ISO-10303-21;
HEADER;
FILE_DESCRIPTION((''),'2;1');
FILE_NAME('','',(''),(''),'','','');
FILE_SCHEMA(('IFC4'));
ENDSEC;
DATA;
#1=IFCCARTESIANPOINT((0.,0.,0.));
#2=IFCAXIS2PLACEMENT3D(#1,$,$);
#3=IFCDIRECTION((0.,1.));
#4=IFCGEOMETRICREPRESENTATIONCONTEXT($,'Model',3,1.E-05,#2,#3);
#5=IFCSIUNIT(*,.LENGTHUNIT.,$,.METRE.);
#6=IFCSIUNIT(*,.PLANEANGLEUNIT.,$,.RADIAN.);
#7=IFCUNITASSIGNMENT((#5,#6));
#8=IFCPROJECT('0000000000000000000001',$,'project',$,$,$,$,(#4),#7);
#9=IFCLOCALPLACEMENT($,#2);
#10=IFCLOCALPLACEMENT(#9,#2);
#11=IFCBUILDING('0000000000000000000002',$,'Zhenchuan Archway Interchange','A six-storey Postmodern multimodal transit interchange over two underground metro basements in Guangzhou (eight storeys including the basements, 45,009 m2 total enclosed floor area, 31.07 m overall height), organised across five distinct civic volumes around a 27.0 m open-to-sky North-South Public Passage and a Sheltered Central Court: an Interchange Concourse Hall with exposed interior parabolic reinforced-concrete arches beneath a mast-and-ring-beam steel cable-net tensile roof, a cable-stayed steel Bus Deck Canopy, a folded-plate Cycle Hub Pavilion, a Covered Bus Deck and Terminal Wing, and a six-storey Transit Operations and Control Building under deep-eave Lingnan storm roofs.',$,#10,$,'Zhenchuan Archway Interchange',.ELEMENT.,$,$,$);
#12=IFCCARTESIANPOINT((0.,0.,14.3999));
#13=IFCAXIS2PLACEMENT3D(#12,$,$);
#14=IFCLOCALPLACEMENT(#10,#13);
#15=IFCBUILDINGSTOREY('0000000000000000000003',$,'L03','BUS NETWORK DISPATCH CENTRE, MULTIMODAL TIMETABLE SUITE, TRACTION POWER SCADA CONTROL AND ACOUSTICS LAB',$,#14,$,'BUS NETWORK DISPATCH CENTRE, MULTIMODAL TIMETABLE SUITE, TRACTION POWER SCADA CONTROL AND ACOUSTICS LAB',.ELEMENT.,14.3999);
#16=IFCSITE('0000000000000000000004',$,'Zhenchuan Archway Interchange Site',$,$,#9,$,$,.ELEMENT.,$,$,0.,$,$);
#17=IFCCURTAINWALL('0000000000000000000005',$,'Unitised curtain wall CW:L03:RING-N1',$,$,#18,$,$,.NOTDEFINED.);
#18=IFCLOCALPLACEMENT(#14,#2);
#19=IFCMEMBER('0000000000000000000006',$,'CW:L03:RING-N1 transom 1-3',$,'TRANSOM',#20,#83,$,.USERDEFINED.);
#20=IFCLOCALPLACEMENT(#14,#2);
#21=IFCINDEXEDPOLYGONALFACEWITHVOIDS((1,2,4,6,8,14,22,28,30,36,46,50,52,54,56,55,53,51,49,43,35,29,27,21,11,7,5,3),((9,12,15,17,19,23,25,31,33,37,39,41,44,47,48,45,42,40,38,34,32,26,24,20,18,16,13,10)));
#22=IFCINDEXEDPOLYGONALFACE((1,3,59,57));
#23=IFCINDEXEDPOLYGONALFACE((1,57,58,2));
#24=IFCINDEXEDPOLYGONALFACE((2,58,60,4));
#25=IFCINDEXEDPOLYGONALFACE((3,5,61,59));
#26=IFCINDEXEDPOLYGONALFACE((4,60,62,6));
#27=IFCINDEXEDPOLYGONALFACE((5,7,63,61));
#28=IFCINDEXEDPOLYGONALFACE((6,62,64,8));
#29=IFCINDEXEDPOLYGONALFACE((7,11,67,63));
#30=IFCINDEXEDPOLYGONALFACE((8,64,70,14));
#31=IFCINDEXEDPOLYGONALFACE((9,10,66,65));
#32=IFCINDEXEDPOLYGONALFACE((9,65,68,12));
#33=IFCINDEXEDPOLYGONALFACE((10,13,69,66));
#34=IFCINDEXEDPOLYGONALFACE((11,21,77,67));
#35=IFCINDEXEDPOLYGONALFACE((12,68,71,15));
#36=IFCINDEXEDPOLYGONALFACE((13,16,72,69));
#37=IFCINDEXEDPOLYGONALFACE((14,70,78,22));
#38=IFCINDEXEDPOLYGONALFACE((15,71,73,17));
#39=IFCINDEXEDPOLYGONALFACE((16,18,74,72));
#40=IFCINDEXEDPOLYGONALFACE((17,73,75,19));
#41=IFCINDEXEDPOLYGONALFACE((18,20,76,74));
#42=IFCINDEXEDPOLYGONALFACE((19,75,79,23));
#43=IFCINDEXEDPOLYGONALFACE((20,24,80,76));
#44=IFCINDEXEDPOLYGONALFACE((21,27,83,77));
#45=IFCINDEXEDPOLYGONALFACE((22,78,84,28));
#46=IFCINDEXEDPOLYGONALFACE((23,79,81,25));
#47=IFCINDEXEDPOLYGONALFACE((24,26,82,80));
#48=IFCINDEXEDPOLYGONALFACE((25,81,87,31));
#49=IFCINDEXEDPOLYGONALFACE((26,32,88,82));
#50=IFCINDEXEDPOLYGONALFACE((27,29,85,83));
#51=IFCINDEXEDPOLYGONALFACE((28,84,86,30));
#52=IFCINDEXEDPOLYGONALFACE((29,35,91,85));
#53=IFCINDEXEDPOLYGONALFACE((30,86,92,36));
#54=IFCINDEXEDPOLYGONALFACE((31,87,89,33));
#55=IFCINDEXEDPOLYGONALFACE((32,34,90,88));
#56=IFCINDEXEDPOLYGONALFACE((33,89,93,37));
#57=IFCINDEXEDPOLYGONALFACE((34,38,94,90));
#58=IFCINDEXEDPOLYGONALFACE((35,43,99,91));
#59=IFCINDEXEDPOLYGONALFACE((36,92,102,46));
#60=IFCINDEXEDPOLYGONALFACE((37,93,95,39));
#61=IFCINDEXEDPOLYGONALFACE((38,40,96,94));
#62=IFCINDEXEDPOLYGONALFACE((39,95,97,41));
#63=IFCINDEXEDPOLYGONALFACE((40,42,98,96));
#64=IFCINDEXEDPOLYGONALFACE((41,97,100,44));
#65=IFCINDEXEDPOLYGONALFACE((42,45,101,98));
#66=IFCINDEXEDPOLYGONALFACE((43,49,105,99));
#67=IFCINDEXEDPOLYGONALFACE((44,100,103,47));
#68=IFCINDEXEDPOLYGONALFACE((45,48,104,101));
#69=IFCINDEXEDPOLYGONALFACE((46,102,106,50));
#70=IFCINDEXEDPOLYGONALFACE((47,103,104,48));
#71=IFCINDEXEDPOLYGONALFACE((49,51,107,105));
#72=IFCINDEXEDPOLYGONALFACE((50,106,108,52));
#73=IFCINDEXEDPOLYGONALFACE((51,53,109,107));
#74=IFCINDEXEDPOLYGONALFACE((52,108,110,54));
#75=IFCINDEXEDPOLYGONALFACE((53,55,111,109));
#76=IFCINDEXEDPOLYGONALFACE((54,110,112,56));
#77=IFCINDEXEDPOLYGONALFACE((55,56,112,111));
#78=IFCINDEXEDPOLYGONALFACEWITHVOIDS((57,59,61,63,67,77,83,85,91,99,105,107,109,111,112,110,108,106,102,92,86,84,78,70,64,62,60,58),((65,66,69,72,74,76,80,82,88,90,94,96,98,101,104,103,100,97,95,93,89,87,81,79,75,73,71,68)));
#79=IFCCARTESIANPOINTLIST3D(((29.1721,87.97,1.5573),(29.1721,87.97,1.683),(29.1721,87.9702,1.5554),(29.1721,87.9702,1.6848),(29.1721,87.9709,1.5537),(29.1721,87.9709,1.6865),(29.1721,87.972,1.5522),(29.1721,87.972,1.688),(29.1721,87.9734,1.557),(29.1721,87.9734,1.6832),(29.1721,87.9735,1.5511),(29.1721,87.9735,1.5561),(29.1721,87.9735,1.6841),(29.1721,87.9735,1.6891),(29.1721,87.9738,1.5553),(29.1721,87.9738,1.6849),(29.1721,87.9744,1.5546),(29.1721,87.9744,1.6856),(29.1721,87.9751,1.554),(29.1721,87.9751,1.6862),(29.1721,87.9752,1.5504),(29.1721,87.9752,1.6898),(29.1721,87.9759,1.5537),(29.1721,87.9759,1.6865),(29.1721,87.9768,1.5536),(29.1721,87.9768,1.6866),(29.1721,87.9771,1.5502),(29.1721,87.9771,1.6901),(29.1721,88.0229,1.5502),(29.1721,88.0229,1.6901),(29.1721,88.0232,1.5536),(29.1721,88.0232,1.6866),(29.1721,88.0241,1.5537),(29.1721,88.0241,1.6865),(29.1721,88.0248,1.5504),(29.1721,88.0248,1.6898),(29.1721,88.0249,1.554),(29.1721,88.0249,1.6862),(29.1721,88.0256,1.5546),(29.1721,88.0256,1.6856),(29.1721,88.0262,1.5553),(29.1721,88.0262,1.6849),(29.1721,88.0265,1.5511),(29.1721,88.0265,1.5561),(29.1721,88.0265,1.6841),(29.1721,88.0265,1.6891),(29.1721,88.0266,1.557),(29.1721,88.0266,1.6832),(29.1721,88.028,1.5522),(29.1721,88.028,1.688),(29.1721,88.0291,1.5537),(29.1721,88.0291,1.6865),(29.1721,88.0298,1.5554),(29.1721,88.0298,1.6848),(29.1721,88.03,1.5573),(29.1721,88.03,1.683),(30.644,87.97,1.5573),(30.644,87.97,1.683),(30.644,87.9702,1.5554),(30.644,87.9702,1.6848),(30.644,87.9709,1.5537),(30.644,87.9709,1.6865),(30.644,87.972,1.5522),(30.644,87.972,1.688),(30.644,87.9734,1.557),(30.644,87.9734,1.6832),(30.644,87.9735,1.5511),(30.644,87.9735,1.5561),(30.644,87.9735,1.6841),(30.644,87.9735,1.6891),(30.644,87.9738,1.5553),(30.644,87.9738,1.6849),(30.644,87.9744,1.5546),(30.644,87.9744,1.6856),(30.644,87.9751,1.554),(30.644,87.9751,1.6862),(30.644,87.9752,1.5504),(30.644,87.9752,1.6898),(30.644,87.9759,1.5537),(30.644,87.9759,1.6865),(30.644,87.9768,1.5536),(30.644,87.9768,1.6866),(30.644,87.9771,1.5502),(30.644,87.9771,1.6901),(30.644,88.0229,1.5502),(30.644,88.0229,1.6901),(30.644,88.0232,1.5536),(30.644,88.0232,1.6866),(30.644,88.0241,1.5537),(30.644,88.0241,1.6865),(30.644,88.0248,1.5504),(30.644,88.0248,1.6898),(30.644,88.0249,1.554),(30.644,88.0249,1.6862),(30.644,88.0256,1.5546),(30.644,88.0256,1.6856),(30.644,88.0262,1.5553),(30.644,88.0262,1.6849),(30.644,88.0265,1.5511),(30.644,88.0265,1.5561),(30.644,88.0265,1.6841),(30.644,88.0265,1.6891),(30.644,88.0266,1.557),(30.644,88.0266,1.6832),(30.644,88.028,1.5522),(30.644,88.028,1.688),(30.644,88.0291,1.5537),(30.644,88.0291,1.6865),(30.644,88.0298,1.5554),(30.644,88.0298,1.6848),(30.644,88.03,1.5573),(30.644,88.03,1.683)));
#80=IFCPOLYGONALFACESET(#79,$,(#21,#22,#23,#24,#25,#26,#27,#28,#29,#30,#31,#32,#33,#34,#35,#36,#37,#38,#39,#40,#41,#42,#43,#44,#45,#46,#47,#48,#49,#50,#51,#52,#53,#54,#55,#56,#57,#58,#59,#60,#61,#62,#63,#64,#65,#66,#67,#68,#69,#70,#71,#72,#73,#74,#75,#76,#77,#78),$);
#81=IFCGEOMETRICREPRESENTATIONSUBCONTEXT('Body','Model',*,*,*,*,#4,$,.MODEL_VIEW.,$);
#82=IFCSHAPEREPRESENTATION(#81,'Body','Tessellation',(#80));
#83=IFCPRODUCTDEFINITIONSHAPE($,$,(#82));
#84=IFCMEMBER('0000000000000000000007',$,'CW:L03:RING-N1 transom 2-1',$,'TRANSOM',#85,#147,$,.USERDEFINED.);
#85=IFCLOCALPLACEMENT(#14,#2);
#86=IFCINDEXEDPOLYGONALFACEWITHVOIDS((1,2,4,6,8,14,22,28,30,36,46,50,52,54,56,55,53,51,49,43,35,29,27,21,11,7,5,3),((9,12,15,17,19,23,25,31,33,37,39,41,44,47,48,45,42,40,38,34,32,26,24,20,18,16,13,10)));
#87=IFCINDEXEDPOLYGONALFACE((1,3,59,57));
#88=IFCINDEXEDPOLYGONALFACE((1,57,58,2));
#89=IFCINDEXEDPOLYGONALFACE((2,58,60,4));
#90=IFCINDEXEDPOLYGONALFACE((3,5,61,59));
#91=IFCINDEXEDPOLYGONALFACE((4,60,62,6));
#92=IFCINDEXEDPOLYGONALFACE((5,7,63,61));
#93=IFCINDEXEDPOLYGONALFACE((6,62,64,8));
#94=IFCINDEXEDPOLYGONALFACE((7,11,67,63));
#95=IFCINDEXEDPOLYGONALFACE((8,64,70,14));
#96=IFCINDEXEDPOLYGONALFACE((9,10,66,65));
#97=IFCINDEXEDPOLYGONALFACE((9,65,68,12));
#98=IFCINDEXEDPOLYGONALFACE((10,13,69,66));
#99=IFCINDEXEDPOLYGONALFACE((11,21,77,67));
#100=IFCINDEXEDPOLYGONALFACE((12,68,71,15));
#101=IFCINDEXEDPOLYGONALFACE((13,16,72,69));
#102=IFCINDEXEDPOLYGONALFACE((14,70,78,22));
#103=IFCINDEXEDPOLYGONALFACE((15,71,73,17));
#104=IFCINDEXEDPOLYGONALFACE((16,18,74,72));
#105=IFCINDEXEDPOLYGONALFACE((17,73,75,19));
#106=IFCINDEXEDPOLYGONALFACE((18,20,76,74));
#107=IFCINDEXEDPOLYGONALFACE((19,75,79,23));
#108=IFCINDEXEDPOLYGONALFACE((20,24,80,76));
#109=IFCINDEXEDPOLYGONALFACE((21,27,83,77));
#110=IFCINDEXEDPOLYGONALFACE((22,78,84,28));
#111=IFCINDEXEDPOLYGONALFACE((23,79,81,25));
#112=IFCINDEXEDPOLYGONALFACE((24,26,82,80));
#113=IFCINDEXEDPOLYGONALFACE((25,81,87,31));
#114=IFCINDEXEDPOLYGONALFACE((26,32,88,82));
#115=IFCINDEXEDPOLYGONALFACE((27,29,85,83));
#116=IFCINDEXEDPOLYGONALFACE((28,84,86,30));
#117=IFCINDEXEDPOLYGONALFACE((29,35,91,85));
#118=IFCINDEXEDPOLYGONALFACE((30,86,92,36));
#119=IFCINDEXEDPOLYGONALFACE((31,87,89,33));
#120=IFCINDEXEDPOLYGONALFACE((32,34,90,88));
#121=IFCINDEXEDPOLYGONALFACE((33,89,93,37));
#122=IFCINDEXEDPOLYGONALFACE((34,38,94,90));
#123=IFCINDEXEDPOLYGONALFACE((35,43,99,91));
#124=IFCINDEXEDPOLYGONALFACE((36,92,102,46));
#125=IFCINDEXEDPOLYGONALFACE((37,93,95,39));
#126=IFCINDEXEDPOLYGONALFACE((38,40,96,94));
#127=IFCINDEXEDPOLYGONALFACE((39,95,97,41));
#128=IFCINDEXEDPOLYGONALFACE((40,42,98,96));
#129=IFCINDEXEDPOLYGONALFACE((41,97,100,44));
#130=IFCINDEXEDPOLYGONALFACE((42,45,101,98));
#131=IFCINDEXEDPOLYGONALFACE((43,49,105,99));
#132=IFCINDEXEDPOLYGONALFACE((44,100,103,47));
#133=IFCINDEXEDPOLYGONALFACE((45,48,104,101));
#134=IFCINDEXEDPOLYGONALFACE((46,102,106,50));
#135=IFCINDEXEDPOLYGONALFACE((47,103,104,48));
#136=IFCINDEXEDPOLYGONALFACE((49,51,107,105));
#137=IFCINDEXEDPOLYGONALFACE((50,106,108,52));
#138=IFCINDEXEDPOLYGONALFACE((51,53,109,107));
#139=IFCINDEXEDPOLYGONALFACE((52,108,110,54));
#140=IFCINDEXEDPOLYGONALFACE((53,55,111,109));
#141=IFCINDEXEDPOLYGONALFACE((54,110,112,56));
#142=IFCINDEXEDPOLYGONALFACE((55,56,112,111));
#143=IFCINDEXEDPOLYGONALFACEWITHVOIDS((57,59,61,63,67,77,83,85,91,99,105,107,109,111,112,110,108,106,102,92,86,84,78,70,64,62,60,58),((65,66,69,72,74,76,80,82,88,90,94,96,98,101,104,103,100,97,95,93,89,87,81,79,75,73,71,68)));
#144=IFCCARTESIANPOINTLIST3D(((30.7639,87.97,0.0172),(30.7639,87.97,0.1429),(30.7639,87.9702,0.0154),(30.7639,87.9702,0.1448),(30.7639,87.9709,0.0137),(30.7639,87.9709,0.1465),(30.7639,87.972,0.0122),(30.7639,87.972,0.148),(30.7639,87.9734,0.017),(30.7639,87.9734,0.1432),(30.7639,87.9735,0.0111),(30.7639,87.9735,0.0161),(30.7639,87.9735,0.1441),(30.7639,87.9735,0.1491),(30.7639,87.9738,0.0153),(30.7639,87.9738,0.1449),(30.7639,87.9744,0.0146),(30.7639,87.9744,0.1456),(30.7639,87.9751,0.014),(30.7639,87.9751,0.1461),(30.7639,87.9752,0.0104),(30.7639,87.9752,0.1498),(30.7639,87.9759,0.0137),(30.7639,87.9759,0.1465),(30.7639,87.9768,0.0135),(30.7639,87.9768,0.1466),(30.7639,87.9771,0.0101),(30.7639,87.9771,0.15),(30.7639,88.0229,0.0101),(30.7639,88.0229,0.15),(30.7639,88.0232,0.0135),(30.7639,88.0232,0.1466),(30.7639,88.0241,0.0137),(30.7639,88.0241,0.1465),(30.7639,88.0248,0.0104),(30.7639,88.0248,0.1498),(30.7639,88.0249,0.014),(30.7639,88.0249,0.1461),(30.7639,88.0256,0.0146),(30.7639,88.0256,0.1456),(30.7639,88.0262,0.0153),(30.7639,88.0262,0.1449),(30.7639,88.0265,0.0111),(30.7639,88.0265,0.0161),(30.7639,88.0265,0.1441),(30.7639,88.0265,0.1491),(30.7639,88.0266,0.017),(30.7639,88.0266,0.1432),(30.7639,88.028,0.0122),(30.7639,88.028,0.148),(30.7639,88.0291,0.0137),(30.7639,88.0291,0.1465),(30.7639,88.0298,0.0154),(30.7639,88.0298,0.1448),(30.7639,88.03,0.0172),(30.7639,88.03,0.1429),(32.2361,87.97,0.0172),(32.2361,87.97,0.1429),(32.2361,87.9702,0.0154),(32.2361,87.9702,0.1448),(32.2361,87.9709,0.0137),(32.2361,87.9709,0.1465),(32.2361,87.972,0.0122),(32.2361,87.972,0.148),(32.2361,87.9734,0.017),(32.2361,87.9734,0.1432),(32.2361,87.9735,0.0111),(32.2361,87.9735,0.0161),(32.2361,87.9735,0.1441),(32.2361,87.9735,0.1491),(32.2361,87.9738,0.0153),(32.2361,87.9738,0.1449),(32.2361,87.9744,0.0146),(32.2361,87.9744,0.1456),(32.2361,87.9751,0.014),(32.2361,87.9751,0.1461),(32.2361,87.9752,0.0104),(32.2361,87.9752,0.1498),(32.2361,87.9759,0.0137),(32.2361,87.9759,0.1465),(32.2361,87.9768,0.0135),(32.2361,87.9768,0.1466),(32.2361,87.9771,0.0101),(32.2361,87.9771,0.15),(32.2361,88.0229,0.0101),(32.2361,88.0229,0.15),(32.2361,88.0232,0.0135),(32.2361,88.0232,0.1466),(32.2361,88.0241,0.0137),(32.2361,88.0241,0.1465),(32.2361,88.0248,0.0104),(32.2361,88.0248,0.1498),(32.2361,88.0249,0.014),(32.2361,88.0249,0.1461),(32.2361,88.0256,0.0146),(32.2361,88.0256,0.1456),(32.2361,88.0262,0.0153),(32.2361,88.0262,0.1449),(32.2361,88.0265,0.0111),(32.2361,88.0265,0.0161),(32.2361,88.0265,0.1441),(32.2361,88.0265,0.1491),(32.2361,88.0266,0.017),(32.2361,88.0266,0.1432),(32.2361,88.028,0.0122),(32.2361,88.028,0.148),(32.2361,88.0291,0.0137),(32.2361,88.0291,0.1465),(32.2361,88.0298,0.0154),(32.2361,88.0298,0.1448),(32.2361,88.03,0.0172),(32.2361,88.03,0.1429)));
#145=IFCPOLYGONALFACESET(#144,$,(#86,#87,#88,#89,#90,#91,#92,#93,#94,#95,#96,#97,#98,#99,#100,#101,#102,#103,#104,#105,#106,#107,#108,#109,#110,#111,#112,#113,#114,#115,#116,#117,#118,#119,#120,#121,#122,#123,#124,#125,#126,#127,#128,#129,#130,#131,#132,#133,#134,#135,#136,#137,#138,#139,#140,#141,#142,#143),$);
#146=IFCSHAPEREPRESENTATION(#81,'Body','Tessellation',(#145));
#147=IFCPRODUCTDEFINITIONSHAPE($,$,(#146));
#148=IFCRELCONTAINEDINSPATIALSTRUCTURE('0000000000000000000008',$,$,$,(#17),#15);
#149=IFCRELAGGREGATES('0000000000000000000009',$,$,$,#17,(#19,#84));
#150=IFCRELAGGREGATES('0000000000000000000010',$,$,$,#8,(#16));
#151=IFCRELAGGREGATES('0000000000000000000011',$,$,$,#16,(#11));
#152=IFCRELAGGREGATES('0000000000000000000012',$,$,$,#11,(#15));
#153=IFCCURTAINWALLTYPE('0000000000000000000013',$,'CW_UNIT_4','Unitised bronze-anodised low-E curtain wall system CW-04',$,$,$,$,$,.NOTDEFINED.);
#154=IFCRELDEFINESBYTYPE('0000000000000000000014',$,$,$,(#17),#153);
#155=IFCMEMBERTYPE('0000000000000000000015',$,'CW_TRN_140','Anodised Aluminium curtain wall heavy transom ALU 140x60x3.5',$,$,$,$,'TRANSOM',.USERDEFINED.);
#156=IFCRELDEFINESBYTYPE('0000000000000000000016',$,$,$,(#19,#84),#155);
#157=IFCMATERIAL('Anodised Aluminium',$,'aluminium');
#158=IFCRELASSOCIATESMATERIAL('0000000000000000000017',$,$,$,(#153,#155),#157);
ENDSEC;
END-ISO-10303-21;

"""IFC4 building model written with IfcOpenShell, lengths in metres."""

from ifc_helpers import new_model, si_unit, direction, frame, origin, origin_2d, place, context, subcontext, project, spatial, hollow_rectangle, extrude, material, material_profile, profile_set, type_object, element, aggregate, save


model = new_model("IFC4")

# Units and contexts
model_context = context("Model", 3, precision=1e-05, world=origin(), true_north=direction((0.0, 1.0)))
body_context = subcontext(model_context, "Body", "Model", "MODEL_VIEW")
ifc_project = project(units=[si_unit("LENGTHUNIT", "METRE"), si_unit("PLANEANGLEUNIT", "RADIAN")], contexts=[model_context])

# Site, building, storey
site_placement = place(None, origin())
site = spatial("IfcSite", under=ifc_project, at=site_placement, Name="Zhenchuan Archway Interchange Site", CompositionType="ELEMENT", RefElevation=0.0)
building_placement = place(site_placement, origin())
building = spatial("IfcBuilding", under=site, at=building_placement, Name="Zhenchuan Archway Interchange", Description="A six-storey Postmodern multimodal transit interchange over two underground metro basements in Guangzhou (eight storeys including the basements, 45,009 m2 total enclosed floor area, 31.07 m overall height), organised across five distinct civic volumes around a 27.0 m open-to-sky North-South Public Passage and a Sheltered Central Court: an Interchange Concourse Hall with exposed interior parabolic reinforced-concrete arches beneath a mast-and-ring-beam steel cable-net tensile roof, a cable-stayed steel Bus Deck Canopy, a folded-plate Cycle Hub Pavilion, a Covered Bus Deck and Terminal Wing, and a six-storey Transit Operations and Control Building under deep-eave Lingnan storm roofs.", LongName="Zhenchuan Archway Interchange", CompositionType="ELEMENT")
storey_placement = place(building_placement, frame((0.0, 0.0, 14.3999)))
storey = spatial("IfcBuildingStorey", under=building, at=storey_placement, Name="L03", Description="BUS NETWORK DISPATCH CENTRE, MULTIMODAL TIMETABLE SUITE, TRACTION POWER SCADA CONTROL AND ACOUSTICS LAB", LongName="BUS NETWORK DISPATCH CENTRE, MULTIMODAL TIMETABLE SUITE, TRACTION POWER SCADA CONTROL AND ACOUSTICS LAB", CompositionType="ELEMENT", Elevation=14.3999)

# Curtain wall, members
ifc_material_1 = material(Name="Anodised Aluminium", Category="aluminium")
curtain_wall_type = type_object("IfcCurtainWallType", Name="CW_UNIT_4", Description="Unitised bronze-anodised low-E curtain wall system CW-04", PredefinedType="NOTDEFINED", material=ifc_material_1)
curtain_wall_placement = place(storey_placement, origin())
curtain_wall = element("IfcCurtainWall", 1, at=curtain_wall_placement, inside=storey, type_object=curtain_wall_type, Name="Unitised curtain wall CW:L03:RING-N1", PredefinedType="NOTDEFINED")
ifc_material_profile_1 = material_profile(ifc_material_1, hollow_rectangle(XDim=0.0601, YDim=0.1399, WallThickness=0.0034, InnerFilletRadius=0.0034, OuterFilletRadius=0.0071, at=origin_2d()), Name="ALU 140x60x3.5")
ifc_profile_set_1 = profile_set([ifc_material_profile_1], Name="Anodised Aluminium")
member_type_1 = type_object("IfcMemberType", Name="CW_TRN_140", Description="Anodised Aluminium curtain wall heavy transom ALU 140x60x3.5", ElementType="TRANSOM", PredefinedType="USERDEFINED", material=ifc_profile_set_1)
member_1_placement = place(storey_placement, frame((29.1721, 88.0, 1.6201), z_axis=(1.0, 0.0, 0.0), x_axis=(0.0, 1.0, 0.0)))
member_1 = element("IfcMember", 2, at=member_1_placement, type_object=member_type_1, Name="CW:L03:RING-N1 transom 1-3", ObjectType="TRANSOM", PredefinedType="USERDEFINED", context=body_context, shape_type="SweptSolid", body=[
    extrude(hollow_rectangle(XDim=0.0601, YDim=0.1399, WallThickness=0.0034, InnerFilletRadius=0.0034, OuterFilletRadius=0.0071, at=origin_2d()), origin(), (0.0, 0.0, 1.0), 1.4719),
])
member_2_placement = place(storey_placement, frame((30.7639, 88.0, 0.0801), z_axis=(1.0, 0.0, 0.0), x_axis=(0.0, 1.0, 0.0)))
member_2 = element("IfcMember", 3, at=member_2_placement, type_object=member_type_1, Name="CW:L03:RING-N1 transom 2-1", ObjectType="TRANSOM", PredefinedType="USERDEFINED", context=body_context, shape_type="SweptSolid", body=[
    extrude(hollow_rectangle(XDim=0.0601, YDim=0.1399, WallThickness=0.0034, InnerFilletRadius=0.0034, OuterFilletRadius=0.0071, at=origin_2d()), origin(), (0.0, 0.0, 1.0), 1.4722),
])

aggregate(curtain_wall, [member_1, member_2])

save(model, "model.ifc")
